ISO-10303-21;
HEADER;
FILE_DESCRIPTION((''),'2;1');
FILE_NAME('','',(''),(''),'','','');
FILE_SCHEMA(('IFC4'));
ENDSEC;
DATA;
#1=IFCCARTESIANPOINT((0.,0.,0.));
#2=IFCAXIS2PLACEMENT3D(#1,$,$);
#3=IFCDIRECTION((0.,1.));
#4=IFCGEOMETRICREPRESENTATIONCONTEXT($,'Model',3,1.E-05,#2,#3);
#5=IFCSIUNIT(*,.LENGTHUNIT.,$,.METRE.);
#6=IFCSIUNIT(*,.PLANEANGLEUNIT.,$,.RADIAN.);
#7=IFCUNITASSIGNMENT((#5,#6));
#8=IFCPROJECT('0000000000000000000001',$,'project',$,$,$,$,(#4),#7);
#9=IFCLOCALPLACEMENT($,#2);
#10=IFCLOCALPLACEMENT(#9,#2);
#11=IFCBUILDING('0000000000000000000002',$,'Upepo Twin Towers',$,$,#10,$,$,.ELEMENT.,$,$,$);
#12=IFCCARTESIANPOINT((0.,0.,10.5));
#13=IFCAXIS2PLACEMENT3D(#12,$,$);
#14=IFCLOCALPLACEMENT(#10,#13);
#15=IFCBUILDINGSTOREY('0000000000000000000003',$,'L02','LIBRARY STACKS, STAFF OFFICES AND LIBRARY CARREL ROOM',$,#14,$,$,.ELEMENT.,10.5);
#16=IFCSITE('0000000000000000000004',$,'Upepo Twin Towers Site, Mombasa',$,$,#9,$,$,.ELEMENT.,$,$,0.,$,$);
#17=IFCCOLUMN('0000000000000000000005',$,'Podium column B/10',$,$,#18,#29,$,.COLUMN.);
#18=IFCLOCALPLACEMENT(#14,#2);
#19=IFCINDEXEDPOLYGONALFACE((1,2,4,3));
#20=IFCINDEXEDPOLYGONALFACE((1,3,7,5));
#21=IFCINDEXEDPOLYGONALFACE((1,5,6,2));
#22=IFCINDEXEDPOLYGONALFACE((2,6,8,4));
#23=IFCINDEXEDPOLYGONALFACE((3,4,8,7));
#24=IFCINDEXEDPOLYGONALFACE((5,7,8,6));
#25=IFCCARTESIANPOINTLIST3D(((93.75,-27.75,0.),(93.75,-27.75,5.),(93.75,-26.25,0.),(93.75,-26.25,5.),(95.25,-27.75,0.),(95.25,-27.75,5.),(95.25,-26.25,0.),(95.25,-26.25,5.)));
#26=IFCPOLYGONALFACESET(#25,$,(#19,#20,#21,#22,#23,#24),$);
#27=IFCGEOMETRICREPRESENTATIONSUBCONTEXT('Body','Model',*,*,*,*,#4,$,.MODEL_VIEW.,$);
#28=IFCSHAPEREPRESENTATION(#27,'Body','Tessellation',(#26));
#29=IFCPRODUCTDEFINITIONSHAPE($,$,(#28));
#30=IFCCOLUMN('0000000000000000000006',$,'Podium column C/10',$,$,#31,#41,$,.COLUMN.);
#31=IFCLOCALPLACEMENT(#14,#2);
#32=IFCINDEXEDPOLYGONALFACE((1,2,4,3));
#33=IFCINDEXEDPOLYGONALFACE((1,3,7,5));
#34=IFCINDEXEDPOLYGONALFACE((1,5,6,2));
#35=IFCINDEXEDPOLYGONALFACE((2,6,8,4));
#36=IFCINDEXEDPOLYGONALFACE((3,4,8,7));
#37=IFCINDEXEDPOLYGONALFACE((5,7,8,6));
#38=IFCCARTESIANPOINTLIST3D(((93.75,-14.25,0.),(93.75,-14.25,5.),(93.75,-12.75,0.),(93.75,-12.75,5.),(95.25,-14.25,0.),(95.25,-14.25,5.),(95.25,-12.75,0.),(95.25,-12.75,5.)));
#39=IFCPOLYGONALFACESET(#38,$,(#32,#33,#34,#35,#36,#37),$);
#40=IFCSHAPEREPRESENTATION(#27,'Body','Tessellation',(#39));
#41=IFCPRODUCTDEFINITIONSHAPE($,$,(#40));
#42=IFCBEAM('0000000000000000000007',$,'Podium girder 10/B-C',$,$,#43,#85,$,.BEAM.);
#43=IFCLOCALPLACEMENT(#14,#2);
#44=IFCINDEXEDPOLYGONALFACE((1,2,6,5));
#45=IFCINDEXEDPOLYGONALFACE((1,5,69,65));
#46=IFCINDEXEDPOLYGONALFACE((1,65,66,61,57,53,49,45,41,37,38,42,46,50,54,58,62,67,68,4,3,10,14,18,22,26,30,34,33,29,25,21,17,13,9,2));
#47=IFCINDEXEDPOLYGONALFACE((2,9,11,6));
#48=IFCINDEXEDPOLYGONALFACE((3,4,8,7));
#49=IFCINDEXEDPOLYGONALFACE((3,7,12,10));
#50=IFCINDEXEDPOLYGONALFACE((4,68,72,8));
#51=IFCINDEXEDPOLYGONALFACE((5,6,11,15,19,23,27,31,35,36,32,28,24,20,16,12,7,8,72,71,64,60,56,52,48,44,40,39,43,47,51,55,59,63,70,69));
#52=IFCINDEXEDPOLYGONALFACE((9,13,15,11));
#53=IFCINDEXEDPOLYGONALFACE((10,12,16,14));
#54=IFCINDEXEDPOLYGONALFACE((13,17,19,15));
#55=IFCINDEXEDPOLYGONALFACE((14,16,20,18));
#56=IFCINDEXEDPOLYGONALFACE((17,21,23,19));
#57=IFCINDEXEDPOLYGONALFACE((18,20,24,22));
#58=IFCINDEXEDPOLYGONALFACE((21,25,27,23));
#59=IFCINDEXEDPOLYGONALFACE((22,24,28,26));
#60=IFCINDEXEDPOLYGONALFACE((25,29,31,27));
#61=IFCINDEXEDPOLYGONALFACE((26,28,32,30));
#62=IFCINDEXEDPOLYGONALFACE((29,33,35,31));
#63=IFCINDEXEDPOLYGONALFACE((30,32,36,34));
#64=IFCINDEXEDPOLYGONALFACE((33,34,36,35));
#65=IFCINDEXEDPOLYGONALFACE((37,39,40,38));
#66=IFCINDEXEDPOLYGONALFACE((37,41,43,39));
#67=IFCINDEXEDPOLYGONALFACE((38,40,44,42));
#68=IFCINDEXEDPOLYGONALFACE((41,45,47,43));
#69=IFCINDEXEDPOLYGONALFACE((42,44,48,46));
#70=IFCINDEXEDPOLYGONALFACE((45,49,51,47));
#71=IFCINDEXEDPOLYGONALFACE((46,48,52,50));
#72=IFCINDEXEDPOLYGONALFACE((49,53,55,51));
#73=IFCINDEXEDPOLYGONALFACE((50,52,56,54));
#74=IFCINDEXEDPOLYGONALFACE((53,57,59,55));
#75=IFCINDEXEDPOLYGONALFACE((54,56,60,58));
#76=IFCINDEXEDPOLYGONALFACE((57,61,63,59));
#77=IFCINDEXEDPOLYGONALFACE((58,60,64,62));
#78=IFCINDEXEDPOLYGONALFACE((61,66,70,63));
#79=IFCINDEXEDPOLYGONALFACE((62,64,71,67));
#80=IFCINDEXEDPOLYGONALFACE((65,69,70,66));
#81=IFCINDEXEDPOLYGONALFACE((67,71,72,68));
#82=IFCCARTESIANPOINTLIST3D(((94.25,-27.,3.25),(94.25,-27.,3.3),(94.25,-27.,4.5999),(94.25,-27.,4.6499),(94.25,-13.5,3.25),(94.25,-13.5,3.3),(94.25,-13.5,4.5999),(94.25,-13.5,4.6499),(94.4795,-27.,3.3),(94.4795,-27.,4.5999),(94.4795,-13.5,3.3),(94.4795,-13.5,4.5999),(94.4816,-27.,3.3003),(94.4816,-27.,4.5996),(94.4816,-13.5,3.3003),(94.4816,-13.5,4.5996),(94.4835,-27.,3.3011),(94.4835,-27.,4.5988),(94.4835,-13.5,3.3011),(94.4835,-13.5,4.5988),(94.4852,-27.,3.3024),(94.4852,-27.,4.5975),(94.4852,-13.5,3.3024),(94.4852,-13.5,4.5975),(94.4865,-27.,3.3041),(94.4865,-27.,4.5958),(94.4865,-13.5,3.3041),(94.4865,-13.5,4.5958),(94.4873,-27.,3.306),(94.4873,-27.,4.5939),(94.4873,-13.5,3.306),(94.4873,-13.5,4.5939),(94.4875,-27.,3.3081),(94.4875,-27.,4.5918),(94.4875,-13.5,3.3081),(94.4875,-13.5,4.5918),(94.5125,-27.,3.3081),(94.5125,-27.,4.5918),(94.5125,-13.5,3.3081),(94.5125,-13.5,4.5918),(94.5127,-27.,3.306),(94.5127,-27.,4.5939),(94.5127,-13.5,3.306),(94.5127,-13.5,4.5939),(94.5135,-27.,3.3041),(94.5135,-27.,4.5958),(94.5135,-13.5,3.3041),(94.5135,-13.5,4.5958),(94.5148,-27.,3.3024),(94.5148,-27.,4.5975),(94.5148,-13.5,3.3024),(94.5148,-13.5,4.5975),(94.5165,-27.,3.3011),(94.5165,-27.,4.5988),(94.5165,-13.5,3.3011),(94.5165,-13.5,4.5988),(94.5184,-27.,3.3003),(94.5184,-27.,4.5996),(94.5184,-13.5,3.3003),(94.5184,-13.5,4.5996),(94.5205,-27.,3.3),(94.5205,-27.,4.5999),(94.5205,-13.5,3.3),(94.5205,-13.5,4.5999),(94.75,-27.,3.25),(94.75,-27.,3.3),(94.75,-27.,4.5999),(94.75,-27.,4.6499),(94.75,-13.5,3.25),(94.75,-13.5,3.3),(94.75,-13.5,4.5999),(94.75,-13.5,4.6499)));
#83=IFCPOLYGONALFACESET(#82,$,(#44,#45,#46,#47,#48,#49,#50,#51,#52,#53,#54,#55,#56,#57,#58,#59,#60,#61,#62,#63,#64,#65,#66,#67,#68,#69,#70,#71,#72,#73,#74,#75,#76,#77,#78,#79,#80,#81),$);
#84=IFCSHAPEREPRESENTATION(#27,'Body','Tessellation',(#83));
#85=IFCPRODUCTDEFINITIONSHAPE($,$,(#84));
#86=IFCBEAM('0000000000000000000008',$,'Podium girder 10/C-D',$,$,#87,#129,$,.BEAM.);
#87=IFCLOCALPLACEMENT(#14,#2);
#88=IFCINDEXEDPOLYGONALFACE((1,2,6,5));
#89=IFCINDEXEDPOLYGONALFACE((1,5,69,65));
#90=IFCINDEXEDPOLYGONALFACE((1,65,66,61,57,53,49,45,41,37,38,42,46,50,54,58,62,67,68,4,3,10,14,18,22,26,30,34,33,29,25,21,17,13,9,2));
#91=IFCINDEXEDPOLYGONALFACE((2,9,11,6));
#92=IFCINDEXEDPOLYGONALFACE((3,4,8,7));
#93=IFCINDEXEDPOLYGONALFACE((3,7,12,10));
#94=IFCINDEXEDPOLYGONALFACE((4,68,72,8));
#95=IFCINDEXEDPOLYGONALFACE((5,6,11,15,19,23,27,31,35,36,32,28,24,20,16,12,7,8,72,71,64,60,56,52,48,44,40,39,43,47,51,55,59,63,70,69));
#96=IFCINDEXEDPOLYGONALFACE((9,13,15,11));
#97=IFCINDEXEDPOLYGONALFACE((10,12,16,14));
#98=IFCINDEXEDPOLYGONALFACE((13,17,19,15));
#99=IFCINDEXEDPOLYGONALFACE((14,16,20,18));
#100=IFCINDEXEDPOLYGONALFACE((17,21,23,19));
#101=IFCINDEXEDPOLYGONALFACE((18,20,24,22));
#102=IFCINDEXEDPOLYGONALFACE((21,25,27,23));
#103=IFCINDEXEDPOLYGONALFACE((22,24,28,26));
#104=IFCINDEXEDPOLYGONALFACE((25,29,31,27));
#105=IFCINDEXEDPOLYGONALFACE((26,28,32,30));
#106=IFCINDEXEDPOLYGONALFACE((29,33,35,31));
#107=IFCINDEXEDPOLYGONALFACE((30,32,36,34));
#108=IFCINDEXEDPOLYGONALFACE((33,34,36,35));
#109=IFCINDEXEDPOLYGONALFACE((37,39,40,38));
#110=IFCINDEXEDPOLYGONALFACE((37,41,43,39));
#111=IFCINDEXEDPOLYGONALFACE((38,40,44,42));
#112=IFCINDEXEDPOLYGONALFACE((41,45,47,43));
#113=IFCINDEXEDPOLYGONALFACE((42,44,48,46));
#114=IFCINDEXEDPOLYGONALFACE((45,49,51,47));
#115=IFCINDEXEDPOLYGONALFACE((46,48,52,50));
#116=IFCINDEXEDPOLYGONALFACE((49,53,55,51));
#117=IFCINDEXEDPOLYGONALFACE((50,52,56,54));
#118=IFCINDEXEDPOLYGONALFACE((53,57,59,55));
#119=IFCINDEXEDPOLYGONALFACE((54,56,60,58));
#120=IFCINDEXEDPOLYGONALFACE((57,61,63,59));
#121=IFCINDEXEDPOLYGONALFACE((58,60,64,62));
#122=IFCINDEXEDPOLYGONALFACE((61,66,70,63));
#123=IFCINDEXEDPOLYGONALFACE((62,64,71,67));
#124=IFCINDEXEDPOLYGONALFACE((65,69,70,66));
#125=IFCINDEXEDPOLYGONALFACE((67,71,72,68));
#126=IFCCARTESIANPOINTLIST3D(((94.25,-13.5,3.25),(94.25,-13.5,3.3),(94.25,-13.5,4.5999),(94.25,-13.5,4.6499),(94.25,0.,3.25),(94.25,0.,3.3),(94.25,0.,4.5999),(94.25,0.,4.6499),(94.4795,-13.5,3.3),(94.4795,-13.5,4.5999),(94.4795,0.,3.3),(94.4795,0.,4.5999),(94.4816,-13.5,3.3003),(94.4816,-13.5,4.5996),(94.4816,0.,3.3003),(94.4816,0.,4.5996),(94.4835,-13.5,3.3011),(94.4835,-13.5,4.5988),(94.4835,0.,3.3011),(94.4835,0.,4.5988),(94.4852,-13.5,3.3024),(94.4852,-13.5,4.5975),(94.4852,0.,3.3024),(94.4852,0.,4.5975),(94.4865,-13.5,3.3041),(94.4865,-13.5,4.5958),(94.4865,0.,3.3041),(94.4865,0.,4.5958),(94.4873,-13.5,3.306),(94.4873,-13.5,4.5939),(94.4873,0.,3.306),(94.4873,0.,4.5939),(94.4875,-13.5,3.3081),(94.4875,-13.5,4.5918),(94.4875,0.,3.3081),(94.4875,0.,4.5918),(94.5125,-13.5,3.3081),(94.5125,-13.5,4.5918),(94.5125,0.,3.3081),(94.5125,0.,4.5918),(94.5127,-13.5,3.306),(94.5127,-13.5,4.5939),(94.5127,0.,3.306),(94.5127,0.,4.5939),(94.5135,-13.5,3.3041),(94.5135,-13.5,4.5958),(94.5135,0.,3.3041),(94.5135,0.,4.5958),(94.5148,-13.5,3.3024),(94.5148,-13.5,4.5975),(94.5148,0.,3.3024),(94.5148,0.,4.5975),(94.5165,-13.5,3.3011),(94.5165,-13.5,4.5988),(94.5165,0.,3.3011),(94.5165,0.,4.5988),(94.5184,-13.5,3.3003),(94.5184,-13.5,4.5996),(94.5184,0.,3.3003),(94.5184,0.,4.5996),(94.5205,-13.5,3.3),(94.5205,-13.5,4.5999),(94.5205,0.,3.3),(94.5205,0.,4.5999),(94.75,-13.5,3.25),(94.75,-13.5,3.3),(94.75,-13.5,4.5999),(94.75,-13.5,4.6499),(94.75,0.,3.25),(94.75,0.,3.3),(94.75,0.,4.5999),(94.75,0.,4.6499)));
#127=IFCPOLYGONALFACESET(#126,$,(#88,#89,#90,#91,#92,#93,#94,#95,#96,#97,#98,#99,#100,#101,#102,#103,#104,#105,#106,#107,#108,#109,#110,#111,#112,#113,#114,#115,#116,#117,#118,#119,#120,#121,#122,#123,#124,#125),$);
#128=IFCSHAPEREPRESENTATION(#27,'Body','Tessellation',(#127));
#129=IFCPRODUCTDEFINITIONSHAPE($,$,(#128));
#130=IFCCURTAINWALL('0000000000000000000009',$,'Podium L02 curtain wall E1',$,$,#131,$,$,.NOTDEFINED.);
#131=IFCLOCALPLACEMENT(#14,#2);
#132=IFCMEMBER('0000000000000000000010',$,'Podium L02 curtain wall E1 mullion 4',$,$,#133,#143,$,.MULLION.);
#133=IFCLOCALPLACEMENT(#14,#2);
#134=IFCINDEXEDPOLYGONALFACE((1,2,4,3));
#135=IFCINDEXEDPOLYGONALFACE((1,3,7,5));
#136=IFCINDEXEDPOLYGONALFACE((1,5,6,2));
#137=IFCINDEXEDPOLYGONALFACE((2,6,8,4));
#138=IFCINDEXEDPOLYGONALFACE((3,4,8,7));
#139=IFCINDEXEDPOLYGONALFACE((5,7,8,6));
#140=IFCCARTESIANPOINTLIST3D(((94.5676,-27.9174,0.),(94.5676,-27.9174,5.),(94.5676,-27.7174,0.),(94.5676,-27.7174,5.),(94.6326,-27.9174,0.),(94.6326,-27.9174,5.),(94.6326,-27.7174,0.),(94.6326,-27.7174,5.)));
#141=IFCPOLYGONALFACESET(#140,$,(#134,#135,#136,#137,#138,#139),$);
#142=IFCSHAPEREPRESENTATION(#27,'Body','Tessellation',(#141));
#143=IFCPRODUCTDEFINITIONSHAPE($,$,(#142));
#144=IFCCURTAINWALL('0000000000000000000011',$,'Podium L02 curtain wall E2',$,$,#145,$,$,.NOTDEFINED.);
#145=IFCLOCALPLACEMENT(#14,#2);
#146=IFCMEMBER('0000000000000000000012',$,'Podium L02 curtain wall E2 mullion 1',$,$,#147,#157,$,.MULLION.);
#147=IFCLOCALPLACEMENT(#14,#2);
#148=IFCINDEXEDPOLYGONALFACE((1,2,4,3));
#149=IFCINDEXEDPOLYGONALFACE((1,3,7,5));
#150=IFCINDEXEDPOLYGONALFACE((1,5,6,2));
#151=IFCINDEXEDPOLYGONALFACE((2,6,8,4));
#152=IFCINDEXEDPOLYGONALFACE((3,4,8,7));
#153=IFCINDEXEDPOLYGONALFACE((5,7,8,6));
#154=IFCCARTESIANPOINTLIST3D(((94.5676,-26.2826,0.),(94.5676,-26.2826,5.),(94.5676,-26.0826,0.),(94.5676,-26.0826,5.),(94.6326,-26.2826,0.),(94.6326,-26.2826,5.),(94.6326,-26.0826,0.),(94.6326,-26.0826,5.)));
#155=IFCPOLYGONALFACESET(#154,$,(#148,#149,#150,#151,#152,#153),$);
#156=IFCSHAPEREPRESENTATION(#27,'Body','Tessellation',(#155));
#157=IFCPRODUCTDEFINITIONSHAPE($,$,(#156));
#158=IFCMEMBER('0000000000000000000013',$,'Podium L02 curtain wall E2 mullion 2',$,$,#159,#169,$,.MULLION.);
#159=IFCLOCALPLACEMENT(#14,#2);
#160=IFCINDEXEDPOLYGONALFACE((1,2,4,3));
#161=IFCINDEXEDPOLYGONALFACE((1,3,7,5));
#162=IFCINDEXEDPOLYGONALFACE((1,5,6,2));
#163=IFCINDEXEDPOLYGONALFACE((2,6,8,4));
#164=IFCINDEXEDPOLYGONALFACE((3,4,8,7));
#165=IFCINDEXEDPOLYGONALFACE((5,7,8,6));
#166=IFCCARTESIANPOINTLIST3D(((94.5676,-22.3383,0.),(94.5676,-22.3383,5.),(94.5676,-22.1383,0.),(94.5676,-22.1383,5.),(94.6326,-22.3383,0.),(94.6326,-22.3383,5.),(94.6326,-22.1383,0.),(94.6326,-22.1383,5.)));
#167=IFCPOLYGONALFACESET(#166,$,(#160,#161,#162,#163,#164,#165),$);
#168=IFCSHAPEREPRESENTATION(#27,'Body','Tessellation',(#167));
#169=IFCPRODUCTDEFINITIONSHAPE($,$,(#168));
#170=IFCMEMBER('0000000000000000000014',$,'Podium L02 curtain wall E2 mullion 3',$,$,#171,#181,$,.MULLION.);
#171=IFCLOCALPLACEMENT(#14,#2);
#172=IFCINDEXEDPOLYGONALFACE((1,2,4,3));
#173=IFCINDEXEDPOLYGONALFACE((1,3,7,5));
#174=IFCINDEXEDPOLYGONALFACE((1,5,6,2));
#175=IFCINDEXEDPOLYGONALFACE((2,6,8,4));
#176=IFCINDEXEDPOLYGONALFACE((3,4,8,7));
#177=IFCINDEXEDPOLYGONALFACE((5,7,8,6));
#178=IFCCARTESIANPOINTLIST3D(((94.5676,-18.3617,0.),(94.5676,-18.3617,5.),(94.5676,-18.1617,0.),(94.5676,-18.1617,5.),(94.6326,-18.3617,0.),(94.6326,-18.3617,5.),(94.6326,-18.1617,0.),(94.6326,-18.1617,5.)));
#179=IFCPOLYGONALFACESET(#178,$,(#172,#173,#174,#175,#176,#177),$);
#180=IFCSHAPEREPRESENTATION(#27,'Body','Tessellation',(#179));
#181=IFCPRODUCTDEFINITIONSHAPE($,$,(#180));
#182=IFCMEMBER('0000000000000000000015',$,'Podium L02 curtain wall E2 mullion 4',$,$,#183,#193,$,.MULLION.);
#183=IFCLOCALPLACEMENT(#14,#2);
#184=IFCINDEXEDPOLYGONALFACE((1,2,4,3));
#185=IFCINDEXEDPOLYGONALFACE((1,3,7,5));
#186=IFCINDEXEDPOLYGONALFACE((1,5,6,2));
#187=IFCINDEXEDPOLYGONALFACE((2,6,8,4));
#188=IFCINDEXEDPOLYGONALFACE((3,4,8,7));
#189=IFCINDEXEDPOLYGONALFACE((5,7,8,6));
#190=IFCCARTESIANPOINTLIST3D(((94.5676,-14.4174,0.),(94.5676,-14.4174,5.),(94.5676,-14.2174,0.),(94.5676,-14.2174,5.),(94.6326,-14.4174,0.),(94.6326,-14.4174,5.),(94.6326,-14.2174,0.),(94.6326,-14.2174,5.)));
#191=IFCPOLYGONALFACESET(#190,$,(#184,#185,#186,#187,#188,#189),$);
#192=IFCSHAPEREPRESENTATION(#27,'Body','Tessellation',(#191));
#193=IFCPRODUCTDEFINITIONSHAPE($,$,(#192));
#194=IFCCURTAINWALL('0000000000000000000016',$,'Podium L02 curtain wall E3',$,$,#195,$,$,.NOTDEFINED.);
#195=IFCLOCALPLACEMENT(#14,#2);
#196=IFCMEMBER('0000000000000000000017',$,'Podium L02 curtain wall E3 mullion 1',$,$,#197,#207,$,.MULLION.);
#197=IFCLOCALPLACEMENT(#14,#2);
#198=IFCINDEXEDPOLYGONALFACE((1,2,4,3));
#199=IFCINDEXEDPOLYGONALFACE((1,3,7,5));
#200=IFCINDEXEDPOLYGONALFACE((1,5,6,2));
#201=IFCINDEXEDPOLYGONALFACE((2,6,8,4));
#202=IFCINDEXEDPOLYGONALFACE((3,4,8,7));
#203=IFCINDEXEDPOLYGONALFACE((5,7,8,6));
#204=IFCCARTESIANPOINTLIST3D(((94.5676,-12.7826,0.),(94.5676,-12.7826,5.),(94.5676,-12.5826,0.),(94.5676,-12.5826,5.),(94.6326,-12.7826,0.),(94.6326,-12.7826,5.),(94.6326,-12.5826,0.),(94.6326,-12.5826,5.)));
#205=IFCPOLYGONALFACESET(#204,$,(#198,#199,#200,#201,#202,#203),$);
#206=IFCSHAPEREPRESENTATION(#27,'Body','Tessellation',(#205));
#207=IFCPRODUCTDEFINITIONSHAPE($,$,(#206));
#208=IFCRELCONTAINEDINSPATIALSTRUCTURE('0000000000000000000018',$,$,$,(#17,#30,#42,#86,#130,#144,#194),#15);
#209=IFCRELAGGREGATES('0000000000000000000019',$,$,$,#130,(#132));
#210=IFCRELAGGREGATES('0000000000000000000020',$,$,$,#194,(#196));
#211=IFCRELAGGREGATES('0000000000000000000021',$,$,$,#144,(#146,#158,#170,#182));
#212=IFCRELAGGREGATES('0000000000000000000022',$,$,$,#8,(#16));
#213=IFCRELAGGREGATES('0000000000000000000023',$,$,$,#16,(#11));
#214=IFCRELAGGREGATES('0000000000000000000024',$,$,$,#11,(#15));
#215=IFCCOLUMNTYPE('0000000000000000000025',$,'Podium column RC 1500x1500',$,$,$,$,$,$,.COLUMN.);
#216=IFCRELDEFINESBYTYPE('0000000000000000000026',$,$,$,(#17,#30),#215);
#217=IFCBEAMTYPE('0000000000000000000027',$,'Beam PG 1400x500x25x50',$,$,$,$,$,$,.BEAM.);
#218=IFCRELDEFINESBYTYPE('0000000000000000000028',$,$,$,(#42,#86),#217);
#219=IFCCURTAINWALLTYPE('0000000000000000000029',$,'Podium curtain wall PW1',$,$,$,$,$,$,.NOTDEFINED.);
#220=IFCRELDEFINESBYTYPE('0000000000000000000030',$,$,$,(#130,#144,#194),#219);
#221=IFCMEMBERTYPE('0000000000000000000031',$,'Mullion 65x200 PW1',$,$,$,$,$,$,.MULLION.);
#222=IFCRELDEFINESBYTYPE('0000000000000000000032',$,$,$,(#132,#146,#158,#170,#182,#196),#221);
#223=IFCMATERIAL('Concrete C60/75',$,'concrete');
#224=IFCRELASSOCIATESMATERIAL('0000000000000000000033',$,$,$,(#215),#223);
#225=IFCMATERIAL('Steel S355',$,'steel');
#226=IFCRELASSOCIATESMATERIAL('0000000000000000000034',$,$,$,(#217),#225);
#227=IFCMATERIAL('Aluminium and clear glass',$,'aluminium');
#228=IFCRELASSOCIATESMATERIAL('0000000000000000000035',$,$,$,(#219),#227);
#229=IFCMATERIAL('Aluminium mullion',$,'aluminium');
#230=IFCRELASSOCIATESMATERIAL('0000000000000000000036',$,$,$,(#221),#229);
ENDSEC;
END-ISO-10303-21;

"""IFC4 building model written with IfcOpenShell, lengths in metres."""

from ifc_helpers import new_model, si_unit, direction, frame, origin, origin_2d, place, context, subcontext, project, spatial, rectangle, i_section, extrude, material, material_profile, profile_set, type_object, element, aggregate, save


model = new_model("IFC4")

# Units and contexts
model_context = context("Model", 3, precision=1e-05, world=origin(), true_north=direction((0.0, 1.0)))
body_context = subcontext(model_context, "Body", "Model", "MODEL_VIEW")
ifc_project = project(units=[si_unit("LENGTHUNIT", "METRE"), si_unit("PLANEANGLEUNIT", "RADIAN")], contexts=[model_context])

# Site, building, storey
site_placement = place(None, origin())
site = spatial("IfcSite", under=ifc_project, at=site_placement, Name="Upepo Twin Towers Site, Mombasa", CompositionType="ELEMENT", RefElevation=0.0)
building_placement = place(site_placement, origin())
building = spatial("IfcBuilding", under=site, at=building_placement, Name="Upepo Twin Towers", CompositionType="ELEMENT")
storey_placement = place(building_placement, frame((0.0, 0.0, 10.5)))
storey = spatial("IfcBuildingStorey", under=building, at=storey_placement, Name="L02", Description="LIBRARY STACKS, STAFF OFFICES AND LIBRARY CARREL ROOM", CompositionType="ELEMENT", Elevation=10.5)

# Columns
ifc_material_1 = material(Name="Concrete C60/75", Category="concrete")
ifc_material_profile_1 = material_profile(ifc_material_1, rectangle(XDim=1.5, YDim=1.5, at=origin_2d()), Name="RC 1500x1500")
ifc_profile_set_1 = profile_set([ifc_material_profile_1], Name="Concrete C60/75")
column_type = type_object("IfcColumnType", Name="Podium column RC 1500x1500", PredefinedType="COLUMN", material=ifc_profile_set_1)
for number, where, z_axis, x_axis, name in (
    (1, (94.5, -27.0, 0.0), (0.0, 0.0, 1.0), (1.0, 0.0, 0.0), "Podium column B/10"),
    (2, (94.5, -13.5, 0.0), (0.0, 0.0, 1.0), (1.0, 0.0, 0.0), "Podium column C/10"),
):
    element("IfcColumn", number, at=place(storey_placement, frame(where, z_axis=z_axis, x_axis=x_axis)), inside=storey, type_object=column_type, Name=name, PredefinedType="COLUMN", context=body_context, shape_type="SweptSolid", body=[
        extrude(rectangle(XDim=1.5, YDim=1.5, at=origin_2d()), origin(), (0.0, 0.0, 1.0), 5.0),
    ])

# Beams
ifc_material_2 = material(Name="Steel S355", Category="steel")
ifc_material_profile_2 = material_profile(ifc_material_2, i_section(OverallWidth=0.5, OverallDepth=1.3999, WebThickness=0.0249, FlangeThickness=0.05, FilletRadius=0.0081, at=origin_2d()), Name="PG 1400x500x25x50")
ifc_profile_set_2 = profile_set([ifc_material_profile_2], Name="Steel S355")
beam_type_1 = type_object("IfcBeamType", Name="Beam PG 1400x500x25x50", PredefinedType="BEAM", material=ifc_profile_set_2)
for number, where, z_axis, x_axis, name in (
    (3, (94.5, -27.0, 3.95), (0.0, 1.0, 0.0), (-1.0, 0.0, 0.0), "Podium girder 10/B-C"),
    (4, (94.5, -13.5, 3.95), (0.0, 1.0, 0.0), (-1.0, 0.0, 0.0), "Podium girder 10/C-D"),
):
    element("IfcBeam", number, at=place(storey_placement, frame(where, z_axis=z_axis, x_axis=x_axis)), inside=storey, type_object=beam_type_1, Name=name, PredefinedType="BEAM", context=body_context, shape_type="SweptSolid", body=[
        extrude(i_section(OverallWidth=0.5, OverallDepth=1.3999, WebThickness=0.0249, FlangeThickness=0.05, FilletRadius=0.0081, at=origin_2d()), origin(), (0.0, 0.0, 1.0), 13.5),
    ])

# Curtain wall, member
ifc_material_3 = material(Name="Aluminium and clear glass", Category="aluminium")
curtain_wall_type = type_object("IfcCurtainWallType", Name="Podium curtain wall PW1", PredefinedType="NOTDEFINED", material=ifc_material_3)
curtain_wall_1_placement = place(storey_placement, origin())
curtain_wall_1 = element("IfcCurtainWall", 5, at=curtain_wall_1_placement, inside=storey, type_object=curtain_wall_type, Name="Podium L02 curtain wall E1", PredefinedType="NOTDEFINED")
ifc_material_4 = material(Name="Aluminium mullion", Category="aluminium")
ifc_material_profile_3 = material_profile(ifc_material_4, rectangle(XDim=0.0649, YDim=0.2, at=origin_2d()), Name="MULLION 65x200 PODIUM")
ifc_profile_set_3 = profile_set([ifc_material_profile_3], Name="Aluminium mullion")
member_type_1 = type_object("IfcMemberType", Name="Mullion 65x200 PW1", PredefinedType="MULLION", material=ifc_profile_set_3)
member_1_placement = place(storey_placement, frame((94.6001, -27.8174, 0.0), z_axis=(0.0, 0.0, 1.0), x_axis=(-1.0, 0.0, 0.0)))
member_1 = element("IfcMember", 6, at=member_1_placement, type_object=member_type_1, Name="Podium L02 curtain wall E1 mullion 4", PredefinedType="MULLION", context=body_context, shape_type="SweptSolid", body=[
    extrude(rectangle(XDim=0.0649, YDim=0.2, at=origin_2d()), origin(), (0.0, 0.0, 1.0), 5.0),
])
aggregate(curtain_wall_1, [member_1])

# Curtain walls, members
curtain_wall_2_placement = place(storey_placement, origin())
curtain_wall_2 = element("IfcCurtainWall", 7, at=curtain_wall_2_placement, inside=storey, type_object=curtain_wall_type, Name="Podium L02 curtain wall E2", PredefinedType="NOTDEFINED")
member_2_placement = place(storey_placement, frame((94.6001, -26.1826, 0.0), z_axis=(0.0, 0.0, 1.0), x_axis=(-1.0, 0.0, 0.0)))
member_2 = element("IfcMember", 8, at=member_2_placement, type_object=member_type_1, Name="Podium L02 curtain wall E2 mullion 1", PredefinedType="MULLION", context=body_context, shape_type="SweptSolid", body=[
    extrude(rectangle(XDim=0.0649, YDim=0.2, at=origin_2d()), origin(), (0.0, 0.0, 1.0), 5.0),
])
member_3_placement = place(storey_placement, frame((94.6001, -22.2383, 0.0), z_axis=(0.0, 0.0, 1.0), x_axis=(-1.0, 0.0, 0.0)))
member_3 = element("IfcMember", 9, at=member_3_placement, type_object=member_type_1, Name="Podium L02 curtain wall E2 mullion 2", PredefinedType="MULLION", context=body_context, shape_type="SweptSolid", body=[
    extrude(rectangle(XDim=0.0649, YDim=0.2, at=origin_2d()), origin(), (0.0, 0.0, 1.0), 5.0),
])
member_4_placement = place(storey_placement, frame((94.6001, -18.2617, 0.0), z_axis=(0.0, 0.0, 1.0), x_axis=(-1.0, 0.0, 0.0)))
member_4 = element("IfcMember", 10, at=member_4_placement, type_object=member_type_1, Name="Podium L02 curtain wall E2 mullion 3", PredefinedType="MULLION", context=body_context, shape_type="SweptSolid", body=[
    extrude(rectangle(XDim=0.0649, YDim=0.2, at=origin_2d()), origin(), (0.0, 0.0, 1.0), 5.0),
])
member_5_placement = place(storey_placement, frame((94.6001, -14.3174, 0.0), z_axis=(0.0, 0.0, 1.0), x_axis=(-1.0, 0.0, 0.0)))
member_5 = element("IfcMember", 11, at=member_5_placement, type_object=member_type_1, Name="Podium L02 curtain wall E2 mullion 4", PredefinedType="MULLION", context=body_context, shape_type="SweptSolid", body=[
    extrude(rectangle(XDim=0.0649, YDim=0.2, at=origin_2d()), origin(), (0.0, 0.0, 1.0), 5.0),
])
curtain_wall_3_placement = place(storey_placement, origin())
curtain_wall_3 = element("IfcCurtainWall", 12, at=curtain_wall_3_placement, inside=storey, type_object=curtain_wall_type, Name="Podium L02 curtain wall E3", PredefinedType="NOTDEFINED")
member_6_placement = place(storey_placement, frame((94.6001, -12.6826, 0.0), z_axis=(0.0, 0.0, 1.0), x_axis=(-1.0, 0.0, 0.0)))
member_6 = element("IfcMember", 13, at=member_6_placement, type_object=member_type_1, Name="Podium L02 curtain wall E3 mullion 1", PredefinedType="MULLION", context=body_context, shape_type="SweptSolid", body=[
    extrude(rectangle(XDim=0.0649, YDim=0.2, at=origin_2d()), origin(), (0.0, 0.0, 1.0), 5.0),
])

aggregate(curtain_wall_3, [member_6])
aggregate(curtain_wall_2, [member_2, member_3, member_4, member_5])

save(model, "model.ifc")
